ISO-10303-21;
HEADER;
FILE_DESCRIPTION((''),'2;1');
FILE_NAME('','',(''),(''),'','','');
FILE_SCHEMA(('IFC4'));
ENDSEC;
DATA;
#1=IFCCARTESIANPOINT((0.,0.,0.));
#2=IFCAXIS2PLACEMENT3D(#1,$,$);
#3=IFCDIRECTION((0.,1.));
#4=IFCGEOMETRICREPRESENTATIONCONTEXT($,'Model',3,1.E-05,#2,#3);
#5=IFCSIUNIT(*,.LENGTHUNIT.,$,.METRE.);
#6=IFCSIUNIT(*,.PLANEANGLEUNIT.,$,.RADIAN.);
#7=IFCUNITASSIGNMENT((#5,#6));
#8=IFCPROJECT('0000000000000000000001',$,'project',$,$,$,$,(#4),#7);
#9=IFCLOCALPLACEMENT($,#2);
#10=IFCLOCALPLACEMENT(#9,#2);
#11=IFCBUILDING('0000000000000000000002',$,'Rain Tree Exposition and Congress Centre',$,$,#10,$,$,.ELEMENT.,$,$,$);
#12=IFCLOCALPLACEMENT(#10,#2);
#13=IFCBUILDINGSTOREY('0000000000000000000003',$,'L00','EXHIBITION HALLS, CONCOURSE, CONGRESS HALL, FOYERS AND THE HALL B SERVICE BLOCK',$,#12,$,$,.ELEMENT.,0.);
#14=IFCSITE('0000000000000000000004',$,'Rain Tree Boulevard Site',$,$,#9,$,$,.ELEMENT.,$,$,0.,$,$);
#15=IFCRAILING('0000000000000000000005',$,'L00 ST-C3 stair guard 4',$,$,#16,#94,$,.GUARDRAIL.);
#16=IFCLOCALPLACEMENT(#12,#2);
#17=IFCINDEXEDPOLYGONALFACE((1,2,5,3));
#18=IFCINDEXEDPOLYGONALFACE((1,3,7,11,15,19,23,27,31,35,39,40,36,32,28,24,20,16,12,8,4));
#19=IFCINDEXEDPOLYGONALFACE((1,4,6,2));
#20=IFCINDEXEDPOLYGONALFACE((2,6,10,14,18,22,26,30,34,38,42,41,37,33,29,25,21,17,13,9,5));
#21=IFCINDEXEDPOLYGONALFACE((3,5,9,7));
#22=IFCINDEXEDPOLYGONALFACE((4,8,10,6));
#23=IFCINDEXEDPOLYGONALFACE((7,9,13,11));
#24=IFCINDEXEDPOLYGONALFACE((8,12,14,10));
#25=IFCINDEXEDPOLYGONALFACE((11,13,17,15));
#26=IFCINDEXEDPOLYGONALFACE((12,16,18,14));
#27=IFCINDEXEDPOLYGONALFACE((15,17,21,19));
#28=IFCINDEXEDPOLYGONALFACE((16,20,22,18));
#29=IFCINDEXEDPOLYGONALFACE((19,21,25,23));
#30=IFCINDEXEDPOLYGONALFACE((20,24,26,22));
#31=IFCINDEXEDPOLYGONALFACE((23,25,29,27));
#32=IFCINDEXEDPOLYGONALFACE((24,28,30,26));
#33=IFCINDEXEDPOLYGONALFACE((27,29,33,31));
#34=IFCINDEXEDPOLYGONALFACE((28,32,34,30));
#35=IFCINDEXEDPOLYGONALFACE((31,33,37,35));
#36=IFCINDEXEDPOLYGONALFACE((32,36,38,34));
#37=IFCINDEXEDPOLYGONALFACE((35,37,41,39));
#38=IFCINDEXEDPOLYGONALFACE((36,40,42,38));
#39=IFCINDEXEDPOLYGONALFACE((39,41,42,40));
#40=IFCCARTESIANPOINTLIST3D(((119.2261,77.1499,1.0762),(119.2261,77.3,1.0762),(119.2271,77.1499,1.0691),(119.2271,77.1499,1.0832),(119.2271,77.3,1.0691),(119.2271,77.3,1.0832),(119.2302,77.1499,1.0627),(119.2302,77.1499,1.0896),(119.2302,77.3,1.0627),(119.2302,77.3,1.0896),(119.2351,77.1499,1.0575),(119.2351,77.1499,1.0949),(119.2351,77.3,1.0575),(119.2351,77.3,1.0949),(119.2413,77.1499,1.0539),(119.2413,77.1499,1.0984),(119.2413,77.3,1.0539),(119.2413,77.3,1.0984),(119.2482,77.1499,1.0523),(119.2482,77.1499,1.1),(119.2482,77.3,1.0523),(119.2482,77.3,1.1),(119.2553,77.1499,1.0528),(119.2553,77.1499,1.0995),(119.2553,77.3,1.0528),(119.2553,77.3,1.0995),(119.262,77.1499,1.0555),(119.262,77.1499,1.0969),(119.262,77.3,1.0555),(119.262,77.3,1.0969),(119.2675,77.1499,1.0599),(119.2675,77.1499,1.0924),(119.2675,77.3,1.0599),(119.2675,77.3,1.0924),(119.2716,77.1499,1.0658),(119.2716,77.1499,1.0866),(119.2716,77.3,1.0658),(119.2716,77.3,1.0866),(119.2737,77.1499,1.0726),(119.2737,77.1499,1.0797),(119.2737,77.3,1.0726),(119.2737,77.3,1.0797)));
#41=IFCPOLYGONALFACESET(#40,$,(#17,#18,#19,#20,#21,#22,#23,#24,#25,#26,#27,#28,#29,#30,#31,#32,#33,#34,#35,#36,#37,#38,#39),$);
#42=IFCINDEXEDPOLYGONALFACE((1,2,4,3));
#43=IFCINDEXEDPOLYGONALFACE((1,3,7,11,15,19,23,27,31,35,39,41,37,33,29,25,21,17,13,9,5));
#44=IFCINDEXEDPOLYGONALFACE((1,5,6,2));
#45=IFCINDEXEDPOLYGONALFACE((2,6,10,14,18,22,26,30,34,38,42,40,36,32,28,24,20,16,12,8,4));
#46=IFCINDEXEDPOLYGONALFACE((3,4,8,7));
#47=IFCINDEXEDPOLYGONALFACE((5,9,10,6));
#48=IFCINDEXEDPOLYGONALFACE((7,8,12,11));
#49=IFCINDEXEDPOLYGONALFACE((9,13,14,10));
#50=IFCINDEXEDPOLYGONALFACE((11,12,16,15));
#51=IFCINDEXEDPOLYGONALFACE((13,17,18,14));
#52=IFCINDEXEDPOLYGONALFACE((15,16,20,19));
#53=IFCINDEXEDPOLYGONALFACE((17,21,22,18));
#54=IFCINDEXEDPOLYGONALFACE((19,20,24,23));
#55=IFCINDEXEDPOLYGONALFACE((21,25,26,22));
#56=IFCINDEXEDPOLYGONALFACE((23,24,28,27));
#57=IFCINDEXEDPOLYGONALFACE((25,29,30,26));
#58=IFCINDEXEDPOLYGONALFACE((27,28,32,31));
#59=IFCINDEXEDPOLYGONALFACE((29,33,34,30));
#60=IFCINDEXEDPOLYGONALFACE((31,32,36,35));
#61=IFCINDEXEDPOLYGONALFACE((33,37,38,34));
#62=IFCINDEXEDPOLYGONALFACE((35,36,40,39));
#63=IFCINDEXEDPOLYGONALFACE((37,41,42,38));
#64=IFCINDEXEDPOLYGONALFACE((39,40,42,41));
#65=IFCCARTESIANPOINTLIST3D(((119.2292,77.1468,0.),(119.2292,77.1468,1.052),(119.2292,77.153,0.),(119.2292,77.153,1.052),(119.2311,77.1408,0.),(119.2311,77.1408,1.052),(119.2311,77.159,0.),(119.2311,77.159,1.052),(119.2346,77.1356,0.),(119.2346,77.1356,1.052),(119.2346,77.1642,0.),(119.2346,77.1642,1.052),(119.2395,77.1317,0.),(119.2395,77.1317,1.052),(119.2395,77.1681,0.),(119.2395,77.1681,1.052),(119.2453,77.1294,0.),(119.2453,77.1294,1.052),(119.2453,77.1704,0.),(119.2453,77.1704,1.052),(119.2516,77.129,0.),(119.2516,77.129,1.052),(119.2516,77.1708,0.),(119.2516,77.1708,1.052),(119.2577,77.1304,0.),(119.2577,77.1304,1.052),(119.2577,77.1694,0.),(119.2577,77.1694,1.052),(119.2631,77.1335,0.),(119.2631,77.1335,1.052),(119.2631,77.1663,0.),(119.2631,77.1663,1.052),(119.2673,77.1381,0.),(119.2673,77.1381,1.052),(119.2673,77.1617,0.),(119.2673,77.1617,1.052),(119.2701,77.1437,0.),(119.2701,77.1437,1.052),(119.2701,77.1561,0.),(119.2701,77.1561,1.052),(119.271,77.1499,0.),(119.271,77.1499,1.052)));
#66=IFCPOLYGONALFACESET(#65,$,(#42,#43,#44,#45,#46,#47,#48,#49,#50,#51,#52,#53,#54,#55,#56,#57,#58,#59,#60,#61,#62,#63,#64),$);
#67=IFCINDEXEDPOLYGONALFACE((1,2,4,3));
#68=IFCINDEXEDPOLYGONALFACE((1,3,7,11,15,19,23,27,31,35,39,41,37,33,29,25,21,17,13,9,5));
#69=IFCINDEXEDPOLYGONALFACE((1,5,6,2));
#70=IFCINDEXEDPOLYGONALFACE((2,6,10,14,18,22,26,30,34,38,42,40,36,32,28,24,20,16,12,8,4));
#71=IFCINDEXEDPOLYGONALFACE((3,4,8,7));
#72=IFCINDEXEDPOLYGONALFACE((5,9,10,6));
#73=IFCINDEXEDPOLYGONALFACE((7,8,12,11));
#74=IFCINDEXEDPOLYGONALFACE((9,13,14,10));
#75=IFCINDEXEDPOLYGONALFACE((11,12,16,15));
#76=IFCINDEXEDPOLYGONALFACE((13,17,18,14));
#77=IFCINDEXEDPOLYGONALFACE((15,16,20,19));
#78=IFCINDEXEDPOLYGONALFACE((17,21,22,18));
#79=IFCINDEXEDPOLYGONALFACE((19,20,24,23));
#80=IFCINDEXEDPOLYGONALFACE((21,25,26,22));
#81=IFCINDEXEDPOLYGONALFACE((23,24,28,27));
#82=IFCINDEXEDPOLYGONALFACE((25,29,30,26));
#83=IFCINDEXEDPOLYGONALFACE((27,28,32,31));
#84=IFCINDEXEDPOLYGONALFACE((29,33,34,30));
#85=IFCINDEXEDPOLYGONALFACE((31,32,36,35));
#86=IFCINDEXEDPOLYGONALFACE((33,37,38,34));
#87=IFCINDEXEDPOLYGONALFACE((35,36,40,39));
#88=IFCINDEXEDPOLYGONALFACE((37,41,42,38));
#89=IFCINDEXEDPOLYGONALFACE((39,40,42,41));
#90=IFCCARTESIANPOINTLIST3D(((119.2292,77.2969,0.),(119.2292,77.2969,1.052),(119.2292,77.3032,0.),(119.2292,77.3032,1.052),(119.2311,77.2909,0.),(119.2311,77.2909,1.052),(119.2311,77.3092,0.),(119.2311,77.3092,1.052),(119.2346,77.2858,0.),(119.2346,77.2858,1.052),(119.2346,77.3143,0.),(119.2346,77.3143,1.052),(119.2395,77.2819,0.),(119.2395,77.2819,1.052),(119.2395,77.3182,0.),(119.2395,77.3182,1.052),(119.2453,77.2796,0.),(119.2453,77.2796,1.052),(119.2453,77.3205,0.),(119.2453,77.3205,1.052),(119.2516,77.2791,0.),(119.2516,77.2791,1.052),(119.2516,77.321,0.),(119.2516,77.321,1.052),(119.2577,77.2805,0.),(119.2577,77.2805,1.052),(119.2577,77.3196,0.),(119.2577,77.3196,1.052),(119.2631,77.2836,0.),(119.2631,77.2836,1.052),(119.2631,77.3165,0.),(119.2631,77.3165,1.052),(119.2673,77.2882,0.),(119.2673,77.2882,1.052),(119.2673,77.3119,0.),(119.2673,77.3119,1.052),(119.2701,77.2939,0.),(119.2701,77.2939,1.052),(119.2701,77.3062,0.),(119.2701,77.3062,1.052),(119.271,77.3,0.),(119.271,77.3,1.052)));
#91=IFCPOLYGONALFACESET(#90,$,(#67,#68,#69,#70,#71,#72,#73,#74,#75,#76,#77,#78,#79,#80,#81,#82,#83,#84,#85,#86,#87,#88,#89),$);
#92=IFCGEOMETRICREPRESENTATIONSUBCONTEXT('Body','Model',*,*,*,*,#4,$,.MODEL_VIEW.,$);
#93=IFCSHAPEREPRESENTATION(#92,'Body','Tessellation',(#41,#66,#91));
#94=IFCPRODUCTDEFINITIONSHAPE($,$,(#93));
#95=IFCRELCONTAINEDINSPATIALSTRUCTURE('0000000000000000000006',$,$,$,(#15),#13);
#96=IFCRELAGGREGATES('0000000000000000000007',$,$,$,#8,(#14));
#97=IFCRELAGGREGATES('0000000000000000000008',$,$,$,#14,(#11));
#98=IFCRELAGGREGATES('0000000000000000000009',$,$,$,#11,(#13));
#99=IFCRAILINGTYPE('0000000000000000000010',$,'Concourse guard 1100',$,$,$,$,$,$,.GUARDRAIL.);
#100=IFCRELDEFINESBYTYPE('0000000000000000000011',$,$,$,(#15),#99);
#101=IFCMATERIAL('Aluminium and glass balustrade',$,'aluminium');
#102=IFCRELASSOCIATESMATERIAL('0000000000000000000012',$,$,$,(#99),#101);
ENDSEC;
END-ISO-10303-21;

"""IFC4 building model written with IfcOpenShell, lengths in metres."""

from ifc_helpers import new_model, si_unit, direction, frame, origin, origin_2d, place, context, subcontext, project, spatial, circle, extrude, material, type_object, element, save


model = new_model("IFC4")

# Units and contexts
model_context = context("Model", 3, precision=1e-05, world=origin(), true_north=direction((0.0, 1.0)))
body_context = subcontext(model_context, "Body", "Model", "MODEL_VIEW")
ifc_project = project(units=[si_unit("LENGTHUNIT", "METRE"), si_unit("PLANEANGLEUNIT", "RADIAN")], contexts=[model_context])

# Site, building, storey
site_placement = place(None, origin())
site = spatial("IfcSite", under=ifc_project, at=site_placement, Name="Rain Tree Boulevard Site", CompositionType="ELEMENT", RefElevation=0.0)
building_placement = place(site_placement, origin())
building = spatial("IfcBuilding", under=site, at=building_placement, Name="Rain Tree Exposition and Congress Centre", CompositionType="ELEMENT")
storey_placement = place(building_placement, origin())
storey = spatial("IfcBuildingStorey", under=building, at=storey_placement, Name="L00", Description="EXHIBITION HALLS, CONCOURSE, CONGRESS HALL, FOYERS AND THE HALL B SERVICE BLOCK", CompositionType="ELEMENT", Elevation=0.0)

# Railing
ifc_material_1 = material(Name="Aluminium and glass balustrade", Category="aluminium")
railing_type_1 = type_object("IfcRailingType", Name="Concourse guard 1100", PredefinedType="GUARDRAIL", material=ifc_material_1)
railing_1_placement = place(storey_placement, frame((119.25, 77.1499, 0.0)))
element("IfcRailing", 1, at=railing_1_placement, inside=storey, type_object=railing_type_1, Name="L00 ST-C3 stair guard 4", PredefinedType="GUARDRAIL", context=body_context, shape_type="SweptSolid", body=[
    extrude(circle(Radius=0.0239, at=origin_2d()), frame((0.0, 0.0, 1.0762), z_axis=(0.0, 1.0, 0.0), x_axis=(-1.0, 0.0, 0.0)), (0.0, 0.0, 1.0), 0.1501),
    extrude(circle(Radius=0.021, at=origin_2d()), origin(), (0.0, 0.0, 1.0), 1.052),
    extrude(circle(Radius=0.021, at=origin_2d()), frame((0.0, 0.1501, 0.0)), (0.0, 0.0, 1.0), 1.052),
])

save(model, "model.ifc")
